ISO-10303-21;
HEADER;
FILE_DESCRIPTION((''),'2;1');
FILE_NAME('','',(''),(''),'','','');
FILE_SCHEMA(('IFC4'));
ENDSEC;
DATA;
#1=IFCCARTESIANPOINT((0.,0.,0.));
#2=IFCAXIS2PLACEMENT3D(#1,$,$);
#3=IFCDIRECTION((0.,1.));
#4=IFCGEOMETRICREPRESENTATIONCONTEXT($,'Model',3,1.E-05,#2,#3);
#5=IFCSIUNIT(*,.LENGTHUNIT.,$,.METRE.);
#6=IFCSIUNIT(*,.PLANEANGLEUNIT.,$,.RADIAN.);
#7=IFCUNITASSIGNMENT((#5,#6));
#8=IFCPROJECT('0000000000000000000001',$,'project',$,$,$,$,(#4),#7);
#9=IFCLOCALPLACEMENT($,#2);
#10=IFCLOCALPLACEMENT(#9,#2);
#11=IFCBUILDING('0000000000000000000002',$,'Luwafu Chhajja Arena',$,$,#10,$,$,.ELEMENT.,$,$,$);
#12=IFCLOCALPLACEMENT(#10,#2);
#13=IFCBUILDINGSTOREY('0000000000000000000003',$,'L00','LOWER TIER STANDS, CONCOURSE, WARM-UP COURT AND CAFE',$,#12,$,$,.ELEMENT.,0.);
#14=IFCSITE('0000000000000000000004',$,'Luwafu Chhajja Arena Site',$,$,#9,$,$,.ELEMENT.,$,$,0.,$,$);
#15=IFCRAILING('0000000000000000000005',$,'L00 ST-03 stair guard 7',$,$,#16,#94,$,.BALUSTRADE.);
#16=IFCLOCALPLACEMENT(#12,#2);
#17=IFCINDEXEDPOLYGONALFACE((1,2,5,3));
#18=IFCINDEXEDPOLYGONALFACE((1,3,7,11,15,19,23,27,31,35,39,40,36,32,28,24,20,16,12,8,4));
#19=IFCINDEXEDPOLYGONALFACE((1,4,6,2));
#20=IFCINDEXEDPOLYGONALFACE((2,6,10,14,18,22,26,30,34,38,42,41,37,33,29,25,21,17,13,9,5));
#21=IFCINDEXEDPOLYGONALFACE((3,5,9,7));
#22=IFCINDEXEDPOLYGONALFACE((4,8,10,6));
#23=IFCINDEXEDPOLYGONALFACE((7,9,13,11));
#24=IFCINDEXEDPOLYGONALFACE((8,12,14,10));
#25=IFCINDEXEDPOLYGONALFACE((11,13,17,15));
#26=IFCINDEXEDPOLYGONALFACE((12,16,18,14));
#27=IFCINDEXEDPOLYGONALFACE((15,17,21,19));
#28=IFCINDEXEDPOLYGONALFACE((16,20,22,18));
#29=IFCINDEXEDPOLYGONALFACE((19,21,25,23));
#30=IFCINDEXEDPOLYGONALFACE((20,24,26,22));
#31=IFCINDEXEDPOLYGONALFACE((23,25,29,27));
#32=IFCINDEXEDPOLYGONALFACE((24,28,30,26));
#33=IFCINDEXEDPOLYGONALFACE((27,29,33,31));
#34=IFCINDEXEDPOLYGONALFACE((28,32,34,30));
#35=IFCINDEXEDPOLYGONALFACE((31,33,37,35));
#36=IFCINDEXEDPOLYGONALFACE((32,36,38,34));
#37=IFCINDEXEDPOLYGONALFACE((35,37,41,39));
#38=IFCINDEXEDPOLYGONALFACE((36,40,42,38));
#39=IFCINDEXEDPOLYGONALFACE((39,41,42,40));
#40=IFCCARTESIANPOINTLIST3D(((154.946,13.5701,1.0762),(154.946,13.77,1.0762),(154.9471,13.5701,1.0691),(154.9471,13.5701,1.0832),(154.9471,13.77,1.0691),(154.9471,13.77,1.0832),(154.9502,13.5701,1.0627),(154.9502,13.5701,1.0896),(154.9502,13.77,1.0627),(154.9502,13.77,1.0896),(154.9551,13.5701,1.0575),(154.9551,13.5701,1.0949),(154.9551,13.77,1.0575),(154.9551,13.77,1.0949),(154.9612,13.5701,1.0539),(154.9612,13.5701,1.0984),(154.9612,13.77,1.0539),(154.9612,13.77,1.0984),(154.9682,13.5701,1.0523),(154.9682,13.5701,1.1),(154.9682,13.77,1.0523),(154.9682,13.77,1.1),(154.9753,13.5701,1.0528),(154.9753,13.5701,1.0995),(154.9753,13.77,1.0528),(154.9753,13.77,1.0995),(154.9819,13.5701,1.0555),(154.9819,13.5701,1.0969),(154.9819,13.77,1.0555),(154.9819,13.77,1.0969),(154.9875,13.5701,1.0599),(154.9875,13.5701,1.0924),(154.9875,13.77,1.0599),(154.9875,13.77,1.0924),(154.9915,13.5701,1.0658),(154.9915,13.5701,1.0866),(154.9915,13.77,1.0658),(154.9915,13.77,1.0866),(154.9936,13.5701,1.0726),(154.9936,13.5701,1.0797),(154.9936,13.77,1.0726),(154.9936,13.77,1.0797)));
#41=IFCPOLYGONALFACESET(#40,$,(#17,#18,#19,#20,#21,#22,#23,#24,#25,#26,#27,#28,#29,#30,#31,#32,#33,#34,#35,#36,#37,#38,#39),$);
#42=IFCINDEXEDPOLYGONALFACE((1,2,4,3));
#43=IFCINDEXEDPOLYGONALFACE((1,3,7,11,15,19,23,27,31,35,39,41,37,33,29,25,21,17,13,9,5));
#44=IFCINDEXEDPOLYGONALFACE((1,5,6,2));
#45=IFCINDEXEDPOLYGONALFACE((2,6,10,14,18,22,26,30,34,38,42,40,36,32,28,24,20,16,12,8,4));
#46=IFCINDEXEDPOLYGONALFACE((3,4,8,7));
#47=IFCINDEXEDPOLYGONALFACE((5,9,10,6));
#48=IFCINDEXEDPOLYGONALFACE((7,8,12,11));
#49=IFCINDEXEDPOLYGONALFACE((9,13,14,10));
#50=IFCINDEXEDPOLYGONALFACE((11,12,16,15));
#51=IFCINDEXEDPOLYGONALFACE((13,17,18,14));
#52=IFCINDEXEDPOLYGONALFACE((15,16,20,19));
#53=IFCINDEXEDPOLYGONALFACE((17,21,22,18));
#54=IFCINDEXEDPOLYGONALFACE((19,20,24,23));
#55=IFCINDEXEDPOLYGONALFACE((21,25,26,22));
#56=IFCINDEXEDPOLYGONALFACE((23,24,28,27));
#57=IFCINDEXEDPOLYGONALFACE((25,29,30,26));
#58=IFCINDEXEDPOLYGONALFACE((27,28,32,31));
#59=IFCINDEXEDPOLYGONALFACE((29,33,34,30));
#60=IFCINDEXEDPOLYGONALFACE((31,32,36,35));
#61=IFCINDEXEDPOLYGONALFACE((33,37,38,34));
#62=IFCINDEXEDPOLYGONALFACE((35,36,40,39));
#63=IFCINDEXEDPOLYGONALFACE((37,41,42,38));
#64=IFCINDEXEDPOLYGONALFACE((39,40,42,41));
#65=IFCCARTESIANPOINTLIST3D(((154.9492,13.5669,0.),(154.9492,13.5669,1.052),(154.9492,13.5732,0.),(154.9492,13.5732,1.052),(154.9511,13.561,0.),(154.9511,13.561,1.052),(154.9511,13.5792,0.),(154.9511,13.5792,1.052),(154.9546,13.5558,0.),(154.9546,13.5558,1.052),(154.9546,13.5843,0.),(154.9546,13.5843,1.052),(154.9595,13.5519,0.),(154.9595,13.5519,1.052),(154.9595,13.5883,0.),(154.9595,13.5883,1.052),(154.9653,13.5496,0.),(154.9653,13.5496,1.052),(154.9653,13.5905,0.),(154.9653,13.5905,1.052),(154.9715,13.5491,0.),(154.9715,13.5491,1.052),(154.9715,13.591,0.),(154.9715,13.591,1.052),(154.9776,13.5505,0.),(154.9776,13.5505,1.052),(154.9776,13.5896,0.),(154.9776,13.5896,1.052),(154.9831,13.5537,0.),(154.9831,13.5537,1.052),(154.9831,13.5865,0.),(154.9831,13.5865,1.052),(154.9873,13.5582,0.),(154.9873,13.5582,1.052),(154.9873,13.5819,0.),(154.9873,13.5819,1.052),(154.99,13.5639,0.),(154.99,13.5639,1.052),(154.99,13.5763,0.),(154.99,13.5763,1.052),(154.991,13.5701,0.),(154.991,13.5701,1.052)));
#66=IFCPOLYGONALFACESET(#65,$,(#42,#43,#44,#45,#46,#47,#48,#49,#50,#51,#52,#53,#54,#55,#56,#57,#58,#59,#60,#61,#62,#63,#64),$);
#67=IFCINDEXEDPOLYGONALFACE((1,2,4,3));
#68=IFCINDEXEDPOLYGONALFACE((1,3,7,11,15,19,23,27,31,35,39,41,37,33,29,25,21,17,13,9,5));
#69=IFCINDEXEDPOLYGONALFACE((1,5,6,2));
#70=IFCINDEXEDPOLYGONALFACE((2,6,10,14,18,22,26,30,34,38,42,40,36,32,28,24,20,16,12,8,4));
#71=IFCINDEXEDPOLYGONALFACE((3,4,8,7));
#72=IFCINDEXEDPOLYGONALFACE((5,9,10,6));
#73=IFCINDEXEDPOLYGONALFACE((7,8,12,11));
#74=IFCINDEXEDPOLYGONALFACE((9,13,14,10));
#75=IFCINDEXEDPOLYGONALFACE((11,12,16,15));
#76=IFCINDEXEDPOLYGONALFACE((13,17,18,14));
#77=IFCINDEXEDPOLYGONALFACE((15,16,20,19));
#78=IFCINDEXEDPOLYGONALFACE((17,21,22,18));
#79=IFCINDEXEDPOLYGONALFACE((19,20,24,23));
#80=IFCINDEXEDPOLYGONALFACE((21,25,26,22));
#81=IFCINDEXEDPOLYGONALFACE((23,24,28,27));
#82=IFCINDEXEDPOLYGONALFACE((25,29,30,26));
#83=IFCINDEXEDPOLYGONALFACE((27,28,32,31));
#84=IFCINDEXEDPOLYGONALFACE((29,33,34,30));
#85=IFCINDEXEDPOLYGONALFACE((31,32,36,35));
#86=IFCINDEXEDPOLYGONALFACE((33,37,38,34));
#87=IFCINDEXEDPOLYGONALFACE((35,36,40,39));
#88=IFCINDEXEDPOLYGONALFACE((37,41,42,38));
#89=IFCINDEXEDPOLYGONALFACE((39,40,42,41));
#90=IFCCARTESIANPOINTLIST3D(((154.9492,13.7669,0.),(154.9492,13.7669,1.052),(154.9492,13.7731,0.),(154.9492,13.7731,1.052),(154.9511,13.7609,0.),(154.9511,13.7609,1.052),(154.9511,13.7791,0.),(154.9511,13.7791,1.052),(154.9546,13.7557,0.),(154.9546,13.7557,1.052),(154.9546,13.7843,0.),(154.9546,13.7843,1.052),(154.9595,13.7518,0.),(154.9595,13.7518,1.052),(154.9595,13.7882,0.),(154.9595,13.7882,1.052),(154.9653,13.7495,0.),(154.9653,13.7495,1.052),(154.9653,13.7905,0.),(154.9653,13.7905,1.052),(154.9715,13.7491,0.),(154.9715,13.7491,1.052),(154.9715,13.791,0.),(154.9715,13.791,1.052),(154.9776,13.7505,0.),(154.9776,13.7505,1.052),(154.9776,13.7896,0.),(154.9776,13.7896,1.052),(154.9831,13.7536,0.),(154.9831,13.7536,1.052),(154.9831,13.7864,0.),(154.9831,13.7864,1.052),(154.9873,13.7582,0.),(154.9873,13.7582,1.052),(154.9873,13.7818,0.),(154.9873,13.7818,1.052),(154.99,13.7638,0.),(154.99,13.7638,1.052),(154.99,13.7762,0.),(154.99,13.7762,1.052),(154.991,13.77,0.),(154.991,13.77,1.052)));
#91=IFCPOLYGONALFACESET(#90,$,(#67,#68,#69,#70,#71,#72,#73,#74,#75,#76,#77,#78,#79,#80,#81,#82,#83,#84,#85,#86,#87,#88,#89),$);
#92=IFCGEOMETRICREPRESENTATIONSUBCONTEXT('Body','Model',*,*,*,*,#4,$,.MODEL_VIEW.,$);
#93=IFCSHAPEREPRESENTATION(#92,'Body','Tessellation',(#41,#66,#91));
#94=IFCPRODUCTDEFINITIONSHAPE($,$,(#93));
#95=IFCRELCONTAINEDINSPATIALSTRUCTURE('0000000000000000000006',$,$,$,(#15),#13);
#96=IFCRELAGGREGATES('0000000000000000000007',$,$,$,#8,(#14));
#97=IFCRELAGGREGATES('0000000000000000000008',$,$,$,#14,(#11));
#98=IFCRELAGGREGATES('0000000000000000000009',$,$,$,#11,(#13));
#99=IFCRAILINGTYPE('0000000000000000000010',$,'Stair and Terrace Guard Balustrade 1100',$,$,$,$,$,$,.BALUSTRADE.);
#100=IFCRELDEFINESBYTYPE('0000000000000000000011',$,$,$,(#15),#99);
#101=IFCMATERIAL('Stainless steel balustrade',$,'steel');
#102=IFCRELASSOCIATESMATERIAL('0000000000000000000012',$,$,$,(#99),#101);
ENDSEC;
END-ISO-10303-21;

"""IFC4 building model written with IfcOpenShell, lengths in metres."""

from ifc_helpers import new_model, si_unit, direction, frame, origin, origin_2d, place, context, subcontext, project, spatial, circle, extrude, material, type_object, element, save


model = new_model("IFC4")

# Units and contexts
model_context = context("Model", 3, precision=1e-05, world=origin(), true_north=direction((0.0, 1.0)))
body_context = subcontext(model_context, "Body", "Model", "MODEL_VIEW")
ifc_project = project(units=[si_unit("LENGTHUNIT", "METRE"), si_unit("PLANEANGLEUNIT", "RADIAN")], contexts=[model_context])

# Site, building, storey
site_placement = place(None, origin())
site = spatial("IfcSite", under=ifc_project, at=site_placement, Name="Luwafu Chhajja Arena Site", CompositionType="ELEMENT", RefElevation=0.0)
building_placement = place(site_placement, origin())
building = spatial("IfcBuilding", under=site, at=building_placement, Name="Luwafu Chhajja Arena", CompositionType="ELEMENT")
storey_placement = place(building_placement, origin())
storey = spatial("IfcBuildingStorey", under=building, at=storey_placement, Name="L00", Description="LOWER TIER STANDS, CONCOURSE, WARM-UP COURT AND CAFE", CompositionType="ELEMENT", Elevation=0.0)

# Railing
ifc_material_1 = material(Name="Stainless steel balustrade", Category="steel")
railing_type_1 = type_object("IfcRailingType", Name="Stair and Terrace Guard Balustrade 1100", PredefinedType="BALUSTRADE", material=ifc_material_1)
railing_1_placement = place(storey_placement, frame((154.97, 13.5701, 0.0)))
element("IfcRailing", 1, at=railing_1_placement, inside=storey, type_object=railing_type_1, Name="L00 ST-03 stair guard 7", PredefinedType="BALUSTRADE", context=body_context, shape_type="SweptSolid", body=[
    extrude(circle(Radius=0.0239, at=origin_2d()), frame((0.0, 0.0, 1.0762), z_axis=(0.0, 1.0, 0.0), x_axis=(-1.0, 0.0, 0.0)), (0.0, 0.0, 1.0), 0.2),
    extrude(circle(Radius=0.021, at=origin_2d()), origin(), (0.0, 0.0, 1.0), 1.052),
    extrude(circle(Radius=0.021, at=origin_2d()), frame((0.0, 0.2, 0.0)), (0.0, 0.0, 1.0), 1.052),
])

save(model, "model.ifc")
